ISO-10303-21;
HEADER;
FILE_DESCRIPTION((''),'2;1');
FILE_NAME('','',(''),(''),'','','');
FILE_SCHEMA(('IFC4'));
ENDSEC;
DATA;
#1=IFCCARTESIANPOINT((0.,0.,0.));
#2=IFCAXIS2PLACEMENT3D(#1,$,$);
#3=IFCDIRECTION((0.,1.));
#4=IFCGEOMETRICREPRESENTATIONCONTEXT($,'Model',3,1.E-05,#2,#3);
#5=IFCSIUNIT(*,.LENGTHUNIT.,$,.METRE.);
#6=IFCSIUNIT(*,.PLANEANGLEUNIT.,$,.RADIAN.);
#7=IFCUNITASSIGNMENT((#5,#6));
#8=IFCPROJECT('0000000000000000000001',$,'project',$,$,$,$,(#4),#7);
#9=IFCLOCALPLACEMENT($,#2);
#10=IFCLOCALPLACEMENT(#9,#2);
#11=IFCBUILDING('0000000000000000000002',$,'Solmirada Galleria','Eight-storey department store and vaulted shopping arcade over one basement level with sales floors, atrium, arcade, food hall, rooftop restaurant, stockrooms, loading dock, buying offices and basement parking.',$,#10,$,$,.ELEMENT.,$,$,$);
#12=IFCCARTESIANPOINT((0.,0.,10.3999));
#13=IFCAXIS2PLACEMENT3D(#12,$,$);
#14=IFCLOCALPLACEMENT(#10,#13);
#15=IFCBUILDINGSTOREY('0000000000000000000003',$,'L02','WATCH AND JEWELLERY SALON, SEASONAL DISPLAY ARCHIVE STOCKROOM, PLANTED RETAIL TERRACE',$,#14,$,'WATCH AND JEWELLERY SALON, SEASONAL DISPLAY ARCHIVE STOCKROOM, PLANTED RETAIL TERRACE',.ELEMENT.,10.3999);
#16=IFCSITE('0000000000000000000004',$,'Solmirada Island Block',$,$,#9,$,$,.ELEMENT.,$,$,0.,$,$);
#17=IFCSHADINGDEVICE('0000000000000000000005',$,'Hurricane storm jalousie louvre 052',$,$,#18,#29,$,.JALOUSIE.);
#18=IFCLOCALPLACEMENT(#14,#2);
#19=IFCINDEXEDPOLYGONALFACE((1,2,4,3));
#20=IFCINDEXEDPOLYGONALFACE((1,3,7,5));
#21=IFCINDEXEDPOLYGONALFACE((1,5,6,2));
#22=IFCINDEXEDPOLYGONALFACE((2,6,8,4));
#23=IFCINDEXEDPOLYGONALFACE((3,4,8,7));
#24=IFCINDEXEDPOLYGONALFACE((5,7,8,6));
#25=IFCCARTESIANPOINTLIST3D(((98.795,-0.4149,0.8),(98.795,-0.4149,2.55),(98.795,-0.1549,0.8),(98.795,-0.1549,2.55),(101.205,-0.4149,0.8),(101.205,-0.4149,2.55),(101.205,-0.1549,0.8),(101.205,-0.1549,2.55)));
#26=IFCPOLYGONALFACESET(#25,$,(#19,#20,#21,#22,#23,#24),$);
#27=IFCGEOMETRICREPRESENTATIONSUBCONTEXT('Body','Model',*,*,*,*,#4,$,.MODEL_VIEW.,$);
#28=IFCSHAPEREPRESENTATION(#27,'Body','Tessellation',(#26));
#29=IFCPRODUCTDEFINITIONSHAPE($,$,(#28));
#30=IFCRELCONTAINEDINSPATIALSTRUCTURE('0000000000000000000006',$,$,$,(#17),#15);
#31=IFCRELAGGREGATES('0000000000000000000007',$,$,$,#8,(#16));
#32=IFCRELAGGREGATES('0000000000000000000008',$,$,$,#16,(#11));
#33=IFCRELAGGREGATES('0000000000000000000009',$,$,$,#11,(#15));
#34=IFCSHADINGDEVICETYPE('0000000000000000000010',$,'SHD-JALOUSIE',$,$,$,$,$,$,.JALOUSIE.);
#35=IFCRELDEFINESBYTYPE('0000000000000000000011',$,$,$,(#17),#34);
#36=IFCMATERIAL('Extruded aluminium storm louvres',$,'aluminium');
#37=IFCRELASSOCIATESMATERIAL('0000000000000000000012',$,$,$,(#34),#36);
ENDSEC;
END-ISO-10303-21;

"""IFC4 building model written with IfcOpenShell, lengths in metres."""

from ifc_helpers import new_model, si_unit, direction, frame, origin, origin_2d, place, context, subcontext, project, spatial, rectangle, extrude, material, type_object, element, save


model = new_model("IFC4")

# Units and contexts
model_context = context("Model", 3, precision=1e-05, world=origin(), true_north=direction((0.0, 1.0)))
body_context = subcontext(model_context, "Body", "Model", "MODEL_VIEW")
ifc_project = project(units=[si_unit("LENGTHUNIT", "METRE"), si_unit("PLANEANGLEUNIT", "RADIAN")], contexts=[model_context])

# Site, building, storey
site_placement = place(None, origin())
site = spatial("IfcSite", under=ifc_project, at=site_placement, Name="Solmirada Island Block", CompositionType="ELEMENT", RefElevation=0.0)
building_placement = place(site_placement, origin())
building = spatial("IfcBuilding", under=site, at=building_placement, Name="Solmirada Galleria", Description="Eight-storey department store and vaulted shopping arcade over one basement level with sales floors, atrium, arcade, food hall, rooftop restaurant, stockrooms, loading dock, buying offices and basement parking.", CompositionType="ELEMENT")
storey_placement = place(building_placement, frame((0.0, 0.0, 10.3999)))
storey = spatial("IfcBuildingStorey", under=building, at=storey_placement, Name="L02", Description="WATCH AND JEWELLERY SALON, SEASONAL DISPLAY ARCHIVE STOCKROOM, PLANTED RETAIL TERRACE", LongName="WATCH AND JEWELLERY SALON, SEASONAL DISPLAY ARCHIVE STOCKROOM, PLANTED RETAIL TERRACE", CompositionType="ELEMENT", Elevation=10.3999)

# Shading device
ifc_material_1 = material(Name="Extruded aluminium storm louvres", Category="aluminium")
shading_device_type = type_object("IfcShadingDeviceType", Name="SHD-JALOUSIE", PredefinedType="JALOUSIE", material=ifc_material_1)
shading_device_placement = place(storey_placement, frame((100.0, -0.2849, 0.8), z_axis=(0.0, 0.0, 1.0), x_axis=(-1.0, 0.0, 0.0)))
element("IfcShadingDevice", 1, at=shading_device_placement, inside=storey, type_object=shading_device_type, Name="Hurricane storm jalousie louvre 052", PredefinedType="JALOUSIE", context=body_context, shape_type="SweptSolid", body=[
    extrude(rectangle(XDim=2.4099, YDim=0.26, at=origin_2d()), origin(), (0.0, 0.0, 1.0), 1.75),
])

save(model, "model.ifc")
